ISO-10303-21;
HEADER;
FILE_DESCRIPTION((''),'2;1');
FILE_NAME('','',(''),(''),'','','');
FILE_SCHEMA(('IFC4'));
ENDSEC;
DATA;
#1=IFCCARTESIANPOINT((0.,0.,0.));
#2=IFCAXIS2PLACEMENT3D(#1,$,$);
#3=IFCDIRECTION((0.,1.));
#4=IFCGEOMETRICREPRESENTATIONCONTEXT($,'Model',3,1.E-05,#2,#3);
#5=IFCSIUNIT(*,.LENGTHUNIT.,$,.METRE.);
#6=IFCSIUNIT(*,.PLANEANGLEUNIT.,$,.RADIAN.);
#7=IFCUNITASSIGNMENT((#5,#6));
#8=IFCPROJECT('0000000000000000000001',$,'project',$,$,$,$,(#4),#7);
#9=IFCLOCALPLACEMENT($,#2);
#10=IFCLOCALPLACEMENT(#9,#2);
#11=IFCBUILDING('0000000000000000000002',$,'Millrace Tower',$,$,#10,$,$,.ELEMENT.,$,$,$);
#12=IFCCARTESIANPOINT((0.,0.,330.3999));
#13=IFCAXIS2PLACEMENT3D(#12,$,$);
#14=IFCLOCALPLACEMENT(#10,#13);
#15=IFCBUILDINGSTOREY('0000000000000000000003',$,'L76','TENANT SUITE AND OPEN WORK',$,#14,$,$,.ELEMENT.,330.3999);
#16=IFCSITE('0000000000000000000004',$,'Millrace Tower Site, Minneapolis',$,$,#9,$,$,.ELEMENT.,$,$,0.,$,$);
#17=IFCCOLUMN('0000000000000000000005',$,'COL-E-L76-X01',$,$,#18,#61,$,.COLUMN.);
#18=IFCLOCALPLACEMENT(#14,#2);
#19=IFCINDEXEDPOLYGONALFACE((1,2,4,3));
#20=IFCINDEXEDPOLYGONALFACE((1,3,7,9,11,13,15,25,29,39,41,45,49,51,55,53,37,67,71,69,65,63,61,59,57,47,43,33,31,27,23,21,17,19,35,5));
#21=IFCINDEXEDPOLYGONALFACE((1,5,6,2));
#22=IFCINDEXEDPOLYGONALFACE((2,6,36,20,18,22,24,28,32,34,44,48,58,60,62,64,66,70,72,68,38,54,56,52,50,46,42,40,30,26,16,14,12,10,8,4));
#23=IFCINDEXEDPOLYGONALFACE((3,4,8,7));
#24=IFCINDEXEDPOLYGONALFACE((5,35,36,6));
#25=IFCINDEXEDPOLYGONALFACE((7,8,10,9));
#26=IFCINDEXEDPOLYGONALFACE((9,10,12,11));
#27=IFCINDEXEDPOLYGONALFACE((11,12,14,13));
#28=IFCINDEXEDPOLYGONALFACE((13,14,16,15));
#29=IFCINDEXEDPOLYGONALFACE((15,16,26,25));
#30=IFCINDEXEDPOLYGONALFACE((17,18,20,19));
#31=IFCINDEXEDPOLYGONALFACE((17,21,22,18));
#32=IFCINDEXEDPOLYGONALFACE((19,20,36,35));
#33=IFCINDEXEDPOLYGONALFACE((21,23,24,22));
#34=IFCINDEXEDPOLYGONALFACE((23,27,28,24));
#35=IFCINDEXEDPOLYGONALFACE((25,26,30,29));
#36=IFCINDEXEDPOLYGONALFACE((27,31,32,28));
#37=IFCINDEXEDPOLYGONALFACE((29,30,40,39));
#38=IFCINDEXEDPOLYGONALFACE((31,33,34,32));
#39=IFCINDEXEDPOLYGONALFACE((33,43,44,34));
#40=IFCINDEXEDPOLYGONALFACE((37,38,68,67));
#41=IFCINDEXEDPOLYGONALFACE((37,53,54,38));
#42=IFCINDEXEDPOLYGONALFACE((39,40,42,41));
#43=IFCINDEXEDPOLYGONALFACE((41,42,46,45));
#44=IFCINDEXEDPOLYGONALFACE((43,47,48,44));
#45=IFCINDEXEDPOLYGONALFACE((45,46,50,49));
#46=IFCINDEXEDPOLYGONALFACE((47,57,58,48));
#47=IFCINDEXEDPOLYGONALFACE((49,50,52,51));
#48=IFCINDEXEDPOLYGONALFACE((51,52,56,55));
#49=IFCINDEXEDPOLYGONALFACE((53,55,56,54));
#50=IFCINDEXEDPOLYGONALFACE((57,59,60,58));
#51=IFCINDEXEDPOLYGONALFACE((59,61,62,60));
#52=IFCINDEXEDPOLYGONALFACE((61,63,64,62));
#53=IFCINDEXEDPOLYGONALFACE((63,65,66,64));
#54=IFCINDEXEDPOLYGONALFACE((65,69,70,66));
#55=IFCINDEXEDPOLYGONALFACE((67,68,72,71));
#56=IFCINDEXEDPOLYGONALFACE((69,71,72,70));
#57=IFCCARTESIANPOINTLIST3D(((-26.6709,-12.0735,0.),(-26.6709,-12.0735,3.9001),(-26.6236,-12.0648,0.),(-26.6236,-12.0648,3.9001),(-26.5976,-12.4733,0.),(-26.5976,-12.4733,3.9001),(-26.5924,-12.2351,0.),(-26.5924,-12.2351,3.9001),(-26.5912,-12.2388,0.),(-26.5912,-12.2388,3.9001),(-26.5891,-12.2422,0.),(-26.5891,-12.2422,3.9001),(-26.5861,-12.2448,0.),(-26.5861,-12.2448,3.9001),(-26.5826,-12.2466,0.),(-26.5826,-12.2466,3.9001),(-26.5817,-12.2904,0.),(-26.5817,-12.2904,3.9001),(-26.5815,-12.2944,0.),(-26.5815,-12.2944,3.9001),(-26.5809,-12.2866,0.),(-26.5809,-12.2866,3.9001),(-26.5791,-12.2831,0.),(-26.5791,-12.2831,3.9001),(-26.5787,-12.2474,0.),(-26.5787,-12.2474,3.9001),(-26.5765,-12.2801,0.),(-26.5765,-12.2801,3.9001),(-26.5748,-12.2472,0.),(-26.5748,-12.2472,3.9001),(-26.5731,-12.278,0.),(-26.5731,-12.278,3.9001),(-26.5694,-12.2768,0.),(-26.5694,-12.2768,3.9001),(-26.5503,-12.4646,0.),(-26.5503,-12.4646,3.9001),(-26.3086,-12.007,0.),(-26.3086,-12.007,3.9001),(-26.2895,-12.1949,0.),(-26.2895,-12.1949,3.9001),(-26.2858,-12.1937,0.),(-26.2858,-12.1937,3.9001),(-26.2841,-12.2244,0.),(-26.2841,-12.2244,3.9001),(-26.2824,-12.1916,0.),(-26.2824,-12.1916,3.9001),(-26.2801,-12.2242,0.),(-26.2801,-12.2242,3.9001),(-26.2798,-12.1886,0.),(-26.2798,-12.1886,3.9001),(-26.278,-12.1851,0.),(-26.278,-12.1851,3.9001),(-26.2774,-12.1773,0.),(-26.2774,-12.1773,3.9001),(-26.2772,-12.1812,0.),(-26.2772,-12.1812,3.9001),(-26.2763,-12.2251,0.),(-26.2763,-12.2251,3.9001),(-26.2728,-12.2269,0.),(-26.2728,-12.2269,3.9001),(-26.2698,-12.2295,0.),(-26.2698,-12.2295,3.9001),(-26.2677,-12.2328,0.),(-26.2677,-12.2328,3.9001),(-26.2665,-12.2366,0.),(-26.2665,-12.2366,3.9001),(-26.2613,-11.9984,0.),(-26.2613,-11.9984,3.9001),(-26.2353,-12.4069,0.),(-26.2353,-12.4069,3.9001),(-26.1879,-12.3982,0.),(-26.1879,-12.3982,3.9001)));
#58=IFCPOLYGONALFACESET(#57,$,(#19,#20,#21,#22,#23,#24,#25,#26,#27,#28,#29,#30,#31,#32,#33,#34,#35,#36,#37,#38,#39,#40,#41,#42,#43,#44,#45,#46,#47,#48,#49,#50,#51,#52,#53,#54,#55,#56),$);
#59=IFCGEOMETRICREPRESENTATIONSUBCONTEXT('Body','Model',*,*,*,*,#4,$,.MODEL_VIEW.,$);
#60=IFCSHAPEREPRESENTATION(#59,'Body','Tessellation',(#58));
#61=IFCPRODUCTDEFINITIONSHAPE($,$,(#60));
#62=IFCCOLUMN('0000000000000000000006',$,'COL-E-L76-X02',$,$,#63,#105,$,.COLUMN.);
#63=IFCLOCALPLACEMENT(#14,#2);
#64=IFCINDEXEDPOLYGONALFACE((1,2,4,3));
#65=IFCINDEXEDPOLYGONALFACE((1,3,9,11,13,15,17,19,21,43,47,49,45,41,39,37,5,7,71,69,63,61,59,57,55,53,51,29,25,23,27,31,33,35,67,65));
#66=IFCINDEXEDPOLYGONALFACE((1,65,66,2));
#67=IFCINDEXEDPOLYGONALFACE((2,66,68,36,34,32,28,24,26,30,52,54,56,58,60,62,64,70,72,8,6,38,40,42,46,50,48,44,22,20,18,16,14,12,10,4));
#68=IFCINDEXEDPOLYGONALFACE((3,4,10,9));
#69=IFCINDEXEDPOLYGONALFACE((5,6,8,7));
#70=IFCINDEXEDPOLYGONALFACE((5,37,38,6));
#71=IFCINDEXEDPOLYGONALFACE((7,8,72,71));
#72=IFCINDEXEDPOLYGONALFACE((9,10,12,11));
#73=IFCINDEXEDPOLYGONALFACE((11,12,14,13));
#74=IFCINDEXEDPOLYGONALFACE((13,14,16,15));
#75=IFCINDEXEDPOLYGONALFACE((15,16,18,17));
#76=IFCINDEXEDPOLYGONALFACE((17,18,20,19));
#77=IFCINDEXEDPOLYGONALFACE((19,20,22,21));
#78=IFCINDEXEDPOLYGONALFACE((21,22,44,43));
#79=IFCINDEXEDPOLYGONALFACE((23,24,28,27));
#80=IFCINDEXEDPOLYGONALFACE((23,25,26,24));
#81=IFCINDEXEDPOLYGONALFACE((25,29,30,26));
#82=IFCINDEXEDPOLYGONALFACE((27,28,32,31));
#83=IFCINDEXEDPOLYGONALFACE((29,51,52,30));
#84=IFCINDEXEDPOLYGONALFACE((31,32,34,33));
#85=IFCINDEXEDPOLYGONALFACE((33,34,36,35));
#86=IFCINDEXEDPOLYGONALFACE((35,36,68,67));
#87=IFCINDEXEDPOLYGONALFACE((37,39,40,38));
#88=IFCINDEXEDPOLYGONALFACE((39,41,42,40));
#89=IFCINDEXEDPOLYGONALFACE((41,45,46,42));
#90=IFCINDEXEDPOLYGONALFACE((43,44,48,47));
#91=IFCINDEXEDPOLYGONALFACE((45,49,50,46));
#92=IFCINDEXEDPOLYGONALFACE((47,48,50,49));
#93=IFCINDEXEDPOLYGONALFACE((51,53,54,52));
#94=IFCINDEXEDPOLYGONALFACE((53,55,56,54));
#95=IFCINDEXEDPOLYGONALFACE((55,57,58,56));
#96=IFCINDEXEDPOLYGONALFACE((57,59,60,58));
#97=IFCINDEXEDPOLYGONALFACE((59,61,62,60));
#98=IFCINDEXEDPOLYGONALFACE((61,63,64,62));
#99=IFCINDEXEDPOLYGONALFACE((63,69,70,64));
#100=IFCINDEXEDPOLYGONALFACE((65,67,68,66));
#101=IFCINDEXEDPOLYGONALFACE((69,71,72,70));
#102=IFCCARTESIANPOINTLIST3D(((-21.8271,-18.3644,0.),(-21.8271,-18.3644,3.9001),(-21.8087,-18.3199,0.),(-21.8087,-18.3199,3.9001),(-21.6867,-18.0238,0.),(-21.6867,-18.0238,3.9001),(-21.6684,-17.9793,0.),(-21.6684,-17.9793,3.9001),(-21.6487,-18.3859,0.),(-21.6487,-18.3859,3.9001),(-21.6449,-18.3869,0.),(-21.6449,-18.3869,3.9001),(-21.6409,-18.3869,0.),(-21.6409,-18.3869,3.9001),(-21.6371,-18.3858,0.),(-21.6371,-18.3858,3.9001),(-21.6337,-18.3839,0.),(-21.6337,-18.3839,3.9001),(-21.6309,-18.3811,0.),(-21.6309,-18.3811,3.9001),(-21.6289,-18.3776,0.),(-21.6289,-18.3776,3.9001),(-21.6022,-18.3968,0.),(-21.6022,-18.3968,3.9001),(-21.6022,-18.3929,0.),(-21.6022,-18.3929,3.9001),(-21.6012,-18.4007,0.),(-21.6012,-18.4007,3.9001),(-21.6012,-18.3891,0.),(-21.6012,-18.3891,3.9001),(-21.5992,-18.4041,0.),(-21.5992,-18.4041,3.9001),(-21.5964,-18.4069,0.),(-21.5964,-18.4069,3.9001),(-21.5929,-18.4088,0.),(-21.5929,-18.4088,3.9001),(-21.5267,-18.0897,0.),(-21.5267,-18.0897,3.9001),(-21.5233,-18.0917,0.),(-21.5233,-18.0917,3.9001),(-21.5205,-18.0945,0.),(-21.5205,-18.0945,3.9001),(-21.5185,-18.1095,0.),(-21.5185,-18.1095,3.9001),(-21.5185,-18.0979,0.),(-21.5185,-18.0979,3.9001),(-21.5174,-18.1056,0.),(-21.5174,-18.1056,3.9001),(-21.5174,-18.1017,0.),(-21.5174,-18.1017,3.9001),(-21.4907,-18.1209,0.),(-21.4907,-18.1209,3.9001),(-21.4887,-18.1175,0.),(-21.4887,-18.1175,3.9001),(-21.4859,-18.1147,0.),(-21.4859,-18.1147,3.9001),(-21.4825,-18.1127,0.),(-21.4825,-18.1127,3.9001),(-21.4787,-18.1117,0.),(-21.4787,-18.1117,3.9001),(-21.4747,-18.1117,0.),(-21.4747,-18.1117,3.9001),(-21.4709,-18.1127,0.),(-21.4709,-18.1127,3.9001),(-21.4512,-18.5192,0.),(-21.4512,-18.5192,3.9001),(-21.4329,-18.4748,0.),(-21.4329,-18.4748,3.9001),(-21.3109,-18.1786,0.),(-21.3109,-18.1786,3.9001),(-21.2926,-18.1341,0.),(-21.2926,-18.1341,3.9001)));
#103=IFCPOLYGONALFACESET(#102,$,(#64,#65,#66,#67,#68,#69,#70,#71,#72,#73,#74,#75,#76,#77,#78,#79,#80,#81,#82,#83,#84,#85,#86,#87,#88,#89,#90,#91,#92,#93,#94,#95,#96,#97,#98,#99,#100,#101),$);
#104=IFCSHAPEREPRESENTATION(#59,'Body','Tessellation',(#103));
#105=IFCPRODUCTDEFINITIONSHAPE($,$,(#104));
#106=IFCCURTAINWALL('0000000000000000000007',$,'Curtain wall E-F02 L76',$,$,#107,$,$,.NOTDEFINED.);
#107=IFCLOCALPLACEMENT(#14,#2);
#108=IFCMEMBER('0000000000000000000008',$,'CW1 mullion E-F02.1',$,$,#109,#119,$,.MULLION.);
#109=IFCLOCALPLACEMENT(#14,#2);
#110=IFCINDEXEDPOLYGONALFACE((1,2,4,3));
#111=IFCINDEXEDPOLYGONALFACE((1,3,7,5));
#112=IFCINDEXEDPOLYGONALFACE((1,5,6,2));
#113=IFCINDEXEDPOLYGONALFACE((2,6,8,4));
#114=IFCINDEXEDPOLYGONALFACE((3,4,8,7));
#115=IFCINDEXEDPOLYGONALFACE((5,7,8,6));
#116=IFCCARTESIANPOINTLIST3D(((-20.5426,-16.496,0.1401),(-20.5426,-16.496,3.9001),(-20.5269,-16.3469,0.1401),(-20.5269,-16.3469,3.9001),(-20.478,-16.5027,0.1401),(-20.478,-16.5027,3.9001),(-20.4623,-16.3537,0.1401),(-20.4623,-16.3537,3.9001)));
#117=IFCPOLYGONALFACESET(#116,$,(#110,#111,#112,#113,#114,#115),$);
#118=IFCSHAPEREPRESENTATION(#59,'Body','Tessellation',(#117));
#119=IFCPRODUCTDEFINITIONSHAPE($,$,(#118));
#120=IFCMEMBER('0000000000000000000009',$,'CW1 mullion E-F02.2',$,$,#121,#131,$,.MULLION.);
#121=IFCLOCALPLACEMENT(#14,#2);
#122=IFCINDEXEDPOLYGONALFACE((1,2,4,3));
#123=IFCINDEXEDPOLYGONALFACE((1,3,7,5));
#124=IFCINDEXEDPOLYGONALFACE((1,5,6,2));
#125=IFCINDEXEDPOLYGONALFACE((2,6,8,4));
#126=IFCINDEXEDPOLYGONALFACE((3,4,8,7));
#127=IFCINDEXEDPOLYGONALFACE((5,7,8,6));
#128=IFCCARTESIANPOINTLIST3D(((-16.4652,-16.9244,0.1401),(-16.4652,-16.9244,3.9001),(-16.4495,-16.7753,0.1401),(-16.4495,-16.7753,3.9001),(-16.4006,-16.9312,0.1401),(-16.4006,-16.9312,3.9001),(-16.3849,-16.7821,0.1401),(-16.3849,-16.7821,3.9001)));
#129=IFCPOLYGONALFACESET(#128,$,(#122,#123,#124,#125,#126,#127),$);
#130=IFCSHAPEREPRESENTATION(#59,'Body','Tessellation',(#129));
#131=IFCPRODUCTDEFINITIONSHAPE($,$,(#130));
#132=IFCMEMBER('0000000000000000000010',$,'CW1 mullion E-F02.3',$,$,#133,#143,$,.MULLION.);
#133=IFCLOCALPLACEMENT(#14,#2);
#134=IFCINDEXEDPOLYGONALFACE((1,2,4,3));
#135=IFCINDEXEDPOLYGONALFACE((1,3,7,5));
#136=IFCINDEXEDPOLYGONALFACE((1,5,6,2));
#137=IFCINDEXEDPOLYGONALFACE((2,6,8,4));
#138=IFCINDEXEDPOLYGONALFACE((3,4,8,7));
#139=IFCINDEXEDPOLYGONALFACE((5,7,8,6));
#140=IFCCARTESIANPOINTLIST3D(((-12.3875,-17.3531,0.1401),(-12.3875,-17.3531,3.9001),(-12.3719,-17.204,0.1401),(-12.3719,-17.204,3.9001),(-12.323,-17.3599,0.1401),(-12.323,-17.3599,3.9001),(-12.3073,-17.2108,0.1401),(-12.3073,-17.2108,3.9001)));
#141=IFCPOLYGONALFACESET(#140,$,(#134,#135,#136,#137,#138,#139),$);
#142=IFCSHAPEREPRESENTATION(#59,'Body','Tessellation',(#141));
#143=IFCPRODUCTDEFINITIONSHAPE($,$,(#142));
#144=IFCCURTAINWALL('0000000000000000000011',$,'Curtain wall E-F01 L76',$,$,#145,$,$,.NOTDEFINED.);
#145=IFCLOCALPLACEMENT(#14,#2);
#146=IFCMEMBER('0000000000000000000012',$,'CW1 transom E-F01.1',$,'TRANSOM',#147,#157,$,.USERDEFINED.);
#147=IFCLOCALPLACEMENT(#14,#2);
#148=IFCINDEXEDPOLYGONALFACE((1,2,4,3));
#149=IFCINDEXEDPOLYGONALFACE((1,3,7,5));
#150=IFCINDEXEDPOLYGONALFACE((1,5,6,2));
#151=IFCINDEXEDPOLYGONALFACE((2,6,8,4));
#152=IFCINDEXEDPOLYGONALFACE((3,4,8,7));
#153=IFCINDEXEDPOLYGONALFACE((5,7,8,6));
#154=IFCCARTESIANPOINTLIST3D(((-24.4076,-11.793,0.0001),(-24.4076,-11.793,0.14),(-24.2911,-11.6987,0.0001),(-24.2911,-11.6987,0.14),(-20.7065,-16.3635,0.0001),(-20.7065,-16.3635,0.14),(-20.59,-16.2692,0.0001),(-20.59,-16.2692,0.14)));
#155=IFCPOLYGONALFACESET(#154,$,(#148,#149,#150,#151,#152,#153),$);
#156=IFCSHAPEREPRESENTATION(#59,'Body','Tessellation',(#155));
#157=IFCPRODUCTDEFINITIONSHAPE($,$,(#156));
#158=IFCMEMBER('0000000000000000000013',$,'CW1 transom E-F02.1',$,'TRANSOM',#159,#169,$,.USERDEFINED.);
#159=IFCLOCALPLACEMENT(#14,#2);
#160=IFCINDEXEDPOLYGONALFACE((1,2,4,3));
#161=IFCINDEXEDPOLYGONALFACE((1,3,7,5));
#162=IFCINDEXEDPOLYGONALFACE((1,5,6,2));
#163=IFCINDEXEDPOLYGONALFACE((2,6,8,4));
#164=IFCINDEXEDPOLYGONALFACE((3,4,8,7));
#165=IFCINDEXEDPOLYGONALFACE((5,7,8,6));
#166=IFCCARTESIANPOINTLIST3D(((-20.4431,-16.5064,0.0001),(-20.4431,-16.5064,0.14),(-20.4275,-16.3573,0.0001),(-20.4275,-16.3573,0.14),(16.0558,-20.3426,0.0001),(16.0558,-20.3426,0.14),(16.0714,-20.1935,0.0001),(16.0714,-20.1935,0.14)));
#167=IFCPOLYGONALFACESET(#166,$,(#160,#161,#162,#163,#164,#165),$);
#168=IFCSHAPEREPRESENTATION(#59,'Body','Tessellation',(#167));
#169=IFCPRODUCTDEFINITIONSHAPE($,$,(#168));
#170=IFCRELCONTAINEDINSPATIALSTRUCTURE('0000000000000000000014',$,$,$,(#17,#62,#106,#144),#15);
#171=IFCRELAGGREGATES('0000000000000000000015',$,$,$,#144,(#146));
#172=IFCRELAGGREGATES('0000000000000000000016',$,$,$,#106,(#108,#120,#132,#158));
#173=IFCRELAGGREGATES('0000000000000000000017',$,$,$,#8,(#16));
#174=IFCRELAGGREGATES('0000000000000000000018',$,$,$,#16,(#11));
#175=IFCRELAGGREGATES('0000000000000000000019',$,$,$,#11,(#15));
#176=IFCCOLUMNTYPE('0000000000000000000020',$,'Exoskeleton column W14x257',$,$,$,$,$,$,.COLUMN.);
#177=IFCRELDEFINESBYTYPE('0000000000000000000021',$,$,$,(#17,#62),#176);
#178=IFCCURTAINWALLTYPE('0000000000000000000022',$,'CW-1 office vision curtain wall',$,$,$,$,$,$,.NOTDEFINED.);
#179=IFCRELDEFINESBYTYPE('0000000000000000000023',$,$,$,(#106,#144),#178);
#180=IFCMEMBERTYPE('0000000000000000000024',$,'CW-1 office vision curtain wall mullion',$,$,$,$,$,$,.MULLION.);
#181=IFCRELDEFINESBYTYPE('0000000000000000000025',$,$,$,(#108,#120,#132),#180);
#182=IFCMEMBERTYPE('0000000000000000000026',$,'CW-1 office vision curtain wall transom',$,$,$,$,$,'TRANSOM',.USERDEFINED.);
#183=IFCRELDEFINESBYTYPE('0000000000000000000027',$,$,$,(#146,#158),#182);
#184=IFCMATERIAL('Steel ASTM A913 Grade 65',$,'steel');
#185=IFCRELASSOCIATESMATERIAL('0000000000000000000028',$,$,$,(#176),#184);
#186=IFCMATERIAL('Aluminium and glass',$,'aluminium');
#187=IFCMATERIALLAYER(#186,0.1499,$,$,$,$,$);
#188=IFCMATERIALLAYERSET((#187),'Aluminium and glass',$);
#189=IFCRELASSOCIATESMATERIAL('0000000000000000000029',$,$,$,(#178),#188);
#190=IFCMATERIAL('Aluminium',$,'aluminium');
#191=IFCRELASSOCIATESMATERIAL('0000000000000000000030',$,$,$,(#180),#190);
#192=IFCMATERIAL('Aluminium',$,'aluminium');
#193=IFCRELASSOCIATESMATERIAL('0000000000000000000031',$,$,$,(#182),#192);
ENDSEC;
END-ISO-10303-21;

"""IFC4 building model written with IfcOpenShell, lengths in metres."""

from ifc_helpers import new_model, si_unit, direction, frame, origin, origin_2d, place, context, subcontext, project, spatial, rectangle, i_section, extrude, material, layer, layer_set, material_profile, profile_set, type_object, element, aggregate, save


model = new_model("IFC4")

# Units and contexts
model_context = context("Model", 3, precision=1e-05, world=origin(), true_north=direction((0.0, 1.0)))
body_context = subcontext(model_context, "Body", "Model", "MODEL_VIEW")
ifc_project = project(units=[si_unit("LENGTHUNIT", "METRE"), si_unit("PLANEANGLEUNIT", "RADIAN")], contexts=[model_context])

# Site, building, storey
site_placement = place(None, origin())
site = spatial("IfcSite", under=ifc_project, at=site_placement, Name="Millrace Tower Site, Minneapolis", CompositionType="ELEMENT", RefElevation=0.0)
building_placement = place(site_placement, origin())
building = spatial("IfcBuilding", under=site, at=building_placement, Name="Millrace Tower", CompositionType="ELEMENT")
storey_placement = place(building_placement, frame((0.0, 0.0, 330.3999)))
storey = spatial("IfcBuildingStorey", under=building, at=storey_placement, Name="L76", Description="TENANT SUITE AND OPEN WORK", CompositionType="ELEMENT", Elevation=330.3999)

# Columns
ifc_material_1 = material(Name="Steel ASTM A913 Grade 65", Category="steel")
ifc_material_profile_1 = material_profile(ifc_material_1, i_section(OverallWidth=0.4065, OverallDepth=0.4165, WebThickness=0.03, FlangeThickness=0.0481, FilletRadius=0.0151, at=origin_2d()))
ifc_profile_set_1 = profile_set([ifc_material_profile_1], Name="Steel ASTM A913 Grade 65")
column_type = type_object("IfcColumnType", Name="Exoskeleton column W14x257", PredefinedType="COLUMN", material=ifc_profile_set_1)
for number, where, z_axis, x_axis, name in (
    (1, (-26.4294, -12.2358, 0.0), (0.0, 0.0, 1.0), (0.180387, -0.983596, 0.0), "COL-E-L76-X01"),
    (2, (-21.5598, -18.2493, 0.0), (0.0, 0.0, 1.0), (0.924597, -0.380947, 0.0), "COL-E-L76-X02"),
):
    element("IfcColumn", number, at=place(storey_placement, frame(where, z_axis=z_axis, x_axis=x_axis)), inside=storey, type_object=column_type, Name=name, PredefinedType="COLUMN", context=body_context, shape_type="SweptSolid", body=[
        extrude(i_section(OverallWidth=0.4065, OverallDepth=0.4165, WebThickness=0.03, FlangeThickness=0.0481, FilletRadius=0.0151, at=origin_2d()), origin(), (0.0, 0.0, 1.0), 3.9001),
    ])

# Curtain wall, members
ifc_material_2 = material(Name="Aluminium and glass", Category="aluminium")
ifc_layer_1 = layer(ifc_material_2, 0.1499)
ifc_layer_set_1 = layer_set([ifc_layer_1], Name="Aluminium and glass")
curtain_wall_type = type_object("IfcCurtainWallType", Name="CW-1 office vision curtain wall", PredefinedType="NOTDEFINED", material=ifc_layer_set_1)
placement = place(storey_placement, origin())
curtain_wall_1 = element("IfcCurtainWall", 3, at=placement, inside=storey, type_object=curtain_wall_type, Name="Curtain wall E-F02 L76", PredefinedType="NOTDEFINED")
ifc_material_3 = material(Name="Aluminium", Category="aluminium")
ifc_material_profile_2 = material_profile(ifc_material_3, rectangle(XDim=0.0649, YDim=0.1499, at=origin_2d()))
ifc_profile_set_2 = profile_set([ifc_material_profile_2], Name="Aluminium")
member_type_1 = type_object("IfcMemberType", Name="CW-1 office vision curtain wall mullion", PredefinedType="MULLION", material=ifc_profile_set_2)
member_1_placement = place(storey_placement, frame((-20.5024, -16.4248, 0.1401), z_axis=(0.0, 0.0, 1.0), x_axis=(0.994522, -0.104528, 0.0)))
member_1 = element("IfcMember", 4, at=member_1_placement, type_object=member_type_1, Name="CW1 mullion E-F02.1", PredefinedType="MULLION", context=body_context, shape_type="SweptSolid", body=[
    extrude(rectangle(XDim=0.0649, YDim=0.1499, at=origin_2d()), origin(), (0.0, 0.0, 1.0), 3.76),
])
member_2_placement = place(storey_placement, frame((-16.425, -16.8533, 0.1401), z_axis=(0.0, 0.0, 1.0), x_axis=(0.994522, -0.104528, 0.0)))
member_2 = element("IfcMember", 5, at=member_2_placement, type_object=member_type_1, Name="CW1 mullion E-F02.2", PredefinedType="MULLION", context=body_context, shape_type="SweptSolid", body=[
    extrude(rectangle(XDim=0.0649, YDim=0.1499, at=origin_2d()), origin(), (0.0, 0.0, 1.0), 3.76),
])
member_3_placement = place(storey_placement, frame((-12.3474, -17.282, 0.1401), z_axis=(0.0, 0.0, 1.0), x_axis=(0.994522, -0.104528, 0.0)))
member_3 = element("IfcMember", 6, at=member_3_placement, type_object=member_type_1, Name="CW1 mullion E-F02.3", PredefinedType="MULLION", context=body_context, shape_type="SweptSolid", body=[
    extrude(rectangle(XDim=0.0649, YDim=0.1499, at=origin_2d()), origin(), (0.0, 0.0, 1.0), 3.76),
])

# Curtain wall, member
curtain_wall_2 = element("IfcCurtainWall", 7, at=placement, inside=storey, type_object=curtain_wall_type, Name="Curtain wall E-F01 L76", PredefinedType="NOTDEFINED")
ifc_material_4 = material(Name="Aluminium", Category="aluminium")
ifc_material_profile_3 = material_profile(ifc_material_4, rectangle(XDim=0.1499, YDim=0.1399, at=origin_2d()))
ifc_profile_set_3 = profile_set([ifc_material_profile_3], Name="Aluminium")
member_type_2 = type_object("IfcMemberType", Name="CW-1 office vision curtain wall transom", ElementType="TRANSOM", PredefinedType="USERDEFINED", material=ifc_profile_set_3)
member_4_placement = place(storey_placement, frame((-24.3494, -11.7458, 0.0701), z_axis=(0.629321, -0.777145, 0.0), x_axis=(0.777145, 0.629321, 0.0)))
member_4 = element("IfcMember", 8, at=member_4_placement, type_object=member_type_2, Name="CW1 transom E-F01.1", ObjectType="TRANSOM", PredefinedType="USERDEFINED", context=body_context, shape_type="SweptSolid", body=[
    extrude(rectangle(XDim=0.1499, YDim=0.1399, at=origin_2d()), origin(), (0.0, 0.0, 1.0), 5.8811),
])
aggregate(curtain_wall_2, [member_4])

# Member
member_5_placement = place(storey_placement, frame((-20.4353, -16.4319, 0.0701), z_axis=(0.994522, -0.104528, 0.0), x_axis=(0.104528, 0.994522, 0.0)))
member_5 = element("IfcMember", 9, at=member_5_placement, type_object=member_type_2, Name="CW1 transom E-F02.1", ObjectType="TRANSOM", PredefinedType="USERDEFINED", context=body_context, shape_type="SweptSolid", body=[
    extrude(rectangle(XDim=0.1499, YDim=0.1399, at=origin_2d()), origin(), (0.0, 0.0, 1.0), 36.7),
])
aggregate(curtain_wall_1, [member_1, member_2, member_3, member_5])

save(model, "model.ifc")
